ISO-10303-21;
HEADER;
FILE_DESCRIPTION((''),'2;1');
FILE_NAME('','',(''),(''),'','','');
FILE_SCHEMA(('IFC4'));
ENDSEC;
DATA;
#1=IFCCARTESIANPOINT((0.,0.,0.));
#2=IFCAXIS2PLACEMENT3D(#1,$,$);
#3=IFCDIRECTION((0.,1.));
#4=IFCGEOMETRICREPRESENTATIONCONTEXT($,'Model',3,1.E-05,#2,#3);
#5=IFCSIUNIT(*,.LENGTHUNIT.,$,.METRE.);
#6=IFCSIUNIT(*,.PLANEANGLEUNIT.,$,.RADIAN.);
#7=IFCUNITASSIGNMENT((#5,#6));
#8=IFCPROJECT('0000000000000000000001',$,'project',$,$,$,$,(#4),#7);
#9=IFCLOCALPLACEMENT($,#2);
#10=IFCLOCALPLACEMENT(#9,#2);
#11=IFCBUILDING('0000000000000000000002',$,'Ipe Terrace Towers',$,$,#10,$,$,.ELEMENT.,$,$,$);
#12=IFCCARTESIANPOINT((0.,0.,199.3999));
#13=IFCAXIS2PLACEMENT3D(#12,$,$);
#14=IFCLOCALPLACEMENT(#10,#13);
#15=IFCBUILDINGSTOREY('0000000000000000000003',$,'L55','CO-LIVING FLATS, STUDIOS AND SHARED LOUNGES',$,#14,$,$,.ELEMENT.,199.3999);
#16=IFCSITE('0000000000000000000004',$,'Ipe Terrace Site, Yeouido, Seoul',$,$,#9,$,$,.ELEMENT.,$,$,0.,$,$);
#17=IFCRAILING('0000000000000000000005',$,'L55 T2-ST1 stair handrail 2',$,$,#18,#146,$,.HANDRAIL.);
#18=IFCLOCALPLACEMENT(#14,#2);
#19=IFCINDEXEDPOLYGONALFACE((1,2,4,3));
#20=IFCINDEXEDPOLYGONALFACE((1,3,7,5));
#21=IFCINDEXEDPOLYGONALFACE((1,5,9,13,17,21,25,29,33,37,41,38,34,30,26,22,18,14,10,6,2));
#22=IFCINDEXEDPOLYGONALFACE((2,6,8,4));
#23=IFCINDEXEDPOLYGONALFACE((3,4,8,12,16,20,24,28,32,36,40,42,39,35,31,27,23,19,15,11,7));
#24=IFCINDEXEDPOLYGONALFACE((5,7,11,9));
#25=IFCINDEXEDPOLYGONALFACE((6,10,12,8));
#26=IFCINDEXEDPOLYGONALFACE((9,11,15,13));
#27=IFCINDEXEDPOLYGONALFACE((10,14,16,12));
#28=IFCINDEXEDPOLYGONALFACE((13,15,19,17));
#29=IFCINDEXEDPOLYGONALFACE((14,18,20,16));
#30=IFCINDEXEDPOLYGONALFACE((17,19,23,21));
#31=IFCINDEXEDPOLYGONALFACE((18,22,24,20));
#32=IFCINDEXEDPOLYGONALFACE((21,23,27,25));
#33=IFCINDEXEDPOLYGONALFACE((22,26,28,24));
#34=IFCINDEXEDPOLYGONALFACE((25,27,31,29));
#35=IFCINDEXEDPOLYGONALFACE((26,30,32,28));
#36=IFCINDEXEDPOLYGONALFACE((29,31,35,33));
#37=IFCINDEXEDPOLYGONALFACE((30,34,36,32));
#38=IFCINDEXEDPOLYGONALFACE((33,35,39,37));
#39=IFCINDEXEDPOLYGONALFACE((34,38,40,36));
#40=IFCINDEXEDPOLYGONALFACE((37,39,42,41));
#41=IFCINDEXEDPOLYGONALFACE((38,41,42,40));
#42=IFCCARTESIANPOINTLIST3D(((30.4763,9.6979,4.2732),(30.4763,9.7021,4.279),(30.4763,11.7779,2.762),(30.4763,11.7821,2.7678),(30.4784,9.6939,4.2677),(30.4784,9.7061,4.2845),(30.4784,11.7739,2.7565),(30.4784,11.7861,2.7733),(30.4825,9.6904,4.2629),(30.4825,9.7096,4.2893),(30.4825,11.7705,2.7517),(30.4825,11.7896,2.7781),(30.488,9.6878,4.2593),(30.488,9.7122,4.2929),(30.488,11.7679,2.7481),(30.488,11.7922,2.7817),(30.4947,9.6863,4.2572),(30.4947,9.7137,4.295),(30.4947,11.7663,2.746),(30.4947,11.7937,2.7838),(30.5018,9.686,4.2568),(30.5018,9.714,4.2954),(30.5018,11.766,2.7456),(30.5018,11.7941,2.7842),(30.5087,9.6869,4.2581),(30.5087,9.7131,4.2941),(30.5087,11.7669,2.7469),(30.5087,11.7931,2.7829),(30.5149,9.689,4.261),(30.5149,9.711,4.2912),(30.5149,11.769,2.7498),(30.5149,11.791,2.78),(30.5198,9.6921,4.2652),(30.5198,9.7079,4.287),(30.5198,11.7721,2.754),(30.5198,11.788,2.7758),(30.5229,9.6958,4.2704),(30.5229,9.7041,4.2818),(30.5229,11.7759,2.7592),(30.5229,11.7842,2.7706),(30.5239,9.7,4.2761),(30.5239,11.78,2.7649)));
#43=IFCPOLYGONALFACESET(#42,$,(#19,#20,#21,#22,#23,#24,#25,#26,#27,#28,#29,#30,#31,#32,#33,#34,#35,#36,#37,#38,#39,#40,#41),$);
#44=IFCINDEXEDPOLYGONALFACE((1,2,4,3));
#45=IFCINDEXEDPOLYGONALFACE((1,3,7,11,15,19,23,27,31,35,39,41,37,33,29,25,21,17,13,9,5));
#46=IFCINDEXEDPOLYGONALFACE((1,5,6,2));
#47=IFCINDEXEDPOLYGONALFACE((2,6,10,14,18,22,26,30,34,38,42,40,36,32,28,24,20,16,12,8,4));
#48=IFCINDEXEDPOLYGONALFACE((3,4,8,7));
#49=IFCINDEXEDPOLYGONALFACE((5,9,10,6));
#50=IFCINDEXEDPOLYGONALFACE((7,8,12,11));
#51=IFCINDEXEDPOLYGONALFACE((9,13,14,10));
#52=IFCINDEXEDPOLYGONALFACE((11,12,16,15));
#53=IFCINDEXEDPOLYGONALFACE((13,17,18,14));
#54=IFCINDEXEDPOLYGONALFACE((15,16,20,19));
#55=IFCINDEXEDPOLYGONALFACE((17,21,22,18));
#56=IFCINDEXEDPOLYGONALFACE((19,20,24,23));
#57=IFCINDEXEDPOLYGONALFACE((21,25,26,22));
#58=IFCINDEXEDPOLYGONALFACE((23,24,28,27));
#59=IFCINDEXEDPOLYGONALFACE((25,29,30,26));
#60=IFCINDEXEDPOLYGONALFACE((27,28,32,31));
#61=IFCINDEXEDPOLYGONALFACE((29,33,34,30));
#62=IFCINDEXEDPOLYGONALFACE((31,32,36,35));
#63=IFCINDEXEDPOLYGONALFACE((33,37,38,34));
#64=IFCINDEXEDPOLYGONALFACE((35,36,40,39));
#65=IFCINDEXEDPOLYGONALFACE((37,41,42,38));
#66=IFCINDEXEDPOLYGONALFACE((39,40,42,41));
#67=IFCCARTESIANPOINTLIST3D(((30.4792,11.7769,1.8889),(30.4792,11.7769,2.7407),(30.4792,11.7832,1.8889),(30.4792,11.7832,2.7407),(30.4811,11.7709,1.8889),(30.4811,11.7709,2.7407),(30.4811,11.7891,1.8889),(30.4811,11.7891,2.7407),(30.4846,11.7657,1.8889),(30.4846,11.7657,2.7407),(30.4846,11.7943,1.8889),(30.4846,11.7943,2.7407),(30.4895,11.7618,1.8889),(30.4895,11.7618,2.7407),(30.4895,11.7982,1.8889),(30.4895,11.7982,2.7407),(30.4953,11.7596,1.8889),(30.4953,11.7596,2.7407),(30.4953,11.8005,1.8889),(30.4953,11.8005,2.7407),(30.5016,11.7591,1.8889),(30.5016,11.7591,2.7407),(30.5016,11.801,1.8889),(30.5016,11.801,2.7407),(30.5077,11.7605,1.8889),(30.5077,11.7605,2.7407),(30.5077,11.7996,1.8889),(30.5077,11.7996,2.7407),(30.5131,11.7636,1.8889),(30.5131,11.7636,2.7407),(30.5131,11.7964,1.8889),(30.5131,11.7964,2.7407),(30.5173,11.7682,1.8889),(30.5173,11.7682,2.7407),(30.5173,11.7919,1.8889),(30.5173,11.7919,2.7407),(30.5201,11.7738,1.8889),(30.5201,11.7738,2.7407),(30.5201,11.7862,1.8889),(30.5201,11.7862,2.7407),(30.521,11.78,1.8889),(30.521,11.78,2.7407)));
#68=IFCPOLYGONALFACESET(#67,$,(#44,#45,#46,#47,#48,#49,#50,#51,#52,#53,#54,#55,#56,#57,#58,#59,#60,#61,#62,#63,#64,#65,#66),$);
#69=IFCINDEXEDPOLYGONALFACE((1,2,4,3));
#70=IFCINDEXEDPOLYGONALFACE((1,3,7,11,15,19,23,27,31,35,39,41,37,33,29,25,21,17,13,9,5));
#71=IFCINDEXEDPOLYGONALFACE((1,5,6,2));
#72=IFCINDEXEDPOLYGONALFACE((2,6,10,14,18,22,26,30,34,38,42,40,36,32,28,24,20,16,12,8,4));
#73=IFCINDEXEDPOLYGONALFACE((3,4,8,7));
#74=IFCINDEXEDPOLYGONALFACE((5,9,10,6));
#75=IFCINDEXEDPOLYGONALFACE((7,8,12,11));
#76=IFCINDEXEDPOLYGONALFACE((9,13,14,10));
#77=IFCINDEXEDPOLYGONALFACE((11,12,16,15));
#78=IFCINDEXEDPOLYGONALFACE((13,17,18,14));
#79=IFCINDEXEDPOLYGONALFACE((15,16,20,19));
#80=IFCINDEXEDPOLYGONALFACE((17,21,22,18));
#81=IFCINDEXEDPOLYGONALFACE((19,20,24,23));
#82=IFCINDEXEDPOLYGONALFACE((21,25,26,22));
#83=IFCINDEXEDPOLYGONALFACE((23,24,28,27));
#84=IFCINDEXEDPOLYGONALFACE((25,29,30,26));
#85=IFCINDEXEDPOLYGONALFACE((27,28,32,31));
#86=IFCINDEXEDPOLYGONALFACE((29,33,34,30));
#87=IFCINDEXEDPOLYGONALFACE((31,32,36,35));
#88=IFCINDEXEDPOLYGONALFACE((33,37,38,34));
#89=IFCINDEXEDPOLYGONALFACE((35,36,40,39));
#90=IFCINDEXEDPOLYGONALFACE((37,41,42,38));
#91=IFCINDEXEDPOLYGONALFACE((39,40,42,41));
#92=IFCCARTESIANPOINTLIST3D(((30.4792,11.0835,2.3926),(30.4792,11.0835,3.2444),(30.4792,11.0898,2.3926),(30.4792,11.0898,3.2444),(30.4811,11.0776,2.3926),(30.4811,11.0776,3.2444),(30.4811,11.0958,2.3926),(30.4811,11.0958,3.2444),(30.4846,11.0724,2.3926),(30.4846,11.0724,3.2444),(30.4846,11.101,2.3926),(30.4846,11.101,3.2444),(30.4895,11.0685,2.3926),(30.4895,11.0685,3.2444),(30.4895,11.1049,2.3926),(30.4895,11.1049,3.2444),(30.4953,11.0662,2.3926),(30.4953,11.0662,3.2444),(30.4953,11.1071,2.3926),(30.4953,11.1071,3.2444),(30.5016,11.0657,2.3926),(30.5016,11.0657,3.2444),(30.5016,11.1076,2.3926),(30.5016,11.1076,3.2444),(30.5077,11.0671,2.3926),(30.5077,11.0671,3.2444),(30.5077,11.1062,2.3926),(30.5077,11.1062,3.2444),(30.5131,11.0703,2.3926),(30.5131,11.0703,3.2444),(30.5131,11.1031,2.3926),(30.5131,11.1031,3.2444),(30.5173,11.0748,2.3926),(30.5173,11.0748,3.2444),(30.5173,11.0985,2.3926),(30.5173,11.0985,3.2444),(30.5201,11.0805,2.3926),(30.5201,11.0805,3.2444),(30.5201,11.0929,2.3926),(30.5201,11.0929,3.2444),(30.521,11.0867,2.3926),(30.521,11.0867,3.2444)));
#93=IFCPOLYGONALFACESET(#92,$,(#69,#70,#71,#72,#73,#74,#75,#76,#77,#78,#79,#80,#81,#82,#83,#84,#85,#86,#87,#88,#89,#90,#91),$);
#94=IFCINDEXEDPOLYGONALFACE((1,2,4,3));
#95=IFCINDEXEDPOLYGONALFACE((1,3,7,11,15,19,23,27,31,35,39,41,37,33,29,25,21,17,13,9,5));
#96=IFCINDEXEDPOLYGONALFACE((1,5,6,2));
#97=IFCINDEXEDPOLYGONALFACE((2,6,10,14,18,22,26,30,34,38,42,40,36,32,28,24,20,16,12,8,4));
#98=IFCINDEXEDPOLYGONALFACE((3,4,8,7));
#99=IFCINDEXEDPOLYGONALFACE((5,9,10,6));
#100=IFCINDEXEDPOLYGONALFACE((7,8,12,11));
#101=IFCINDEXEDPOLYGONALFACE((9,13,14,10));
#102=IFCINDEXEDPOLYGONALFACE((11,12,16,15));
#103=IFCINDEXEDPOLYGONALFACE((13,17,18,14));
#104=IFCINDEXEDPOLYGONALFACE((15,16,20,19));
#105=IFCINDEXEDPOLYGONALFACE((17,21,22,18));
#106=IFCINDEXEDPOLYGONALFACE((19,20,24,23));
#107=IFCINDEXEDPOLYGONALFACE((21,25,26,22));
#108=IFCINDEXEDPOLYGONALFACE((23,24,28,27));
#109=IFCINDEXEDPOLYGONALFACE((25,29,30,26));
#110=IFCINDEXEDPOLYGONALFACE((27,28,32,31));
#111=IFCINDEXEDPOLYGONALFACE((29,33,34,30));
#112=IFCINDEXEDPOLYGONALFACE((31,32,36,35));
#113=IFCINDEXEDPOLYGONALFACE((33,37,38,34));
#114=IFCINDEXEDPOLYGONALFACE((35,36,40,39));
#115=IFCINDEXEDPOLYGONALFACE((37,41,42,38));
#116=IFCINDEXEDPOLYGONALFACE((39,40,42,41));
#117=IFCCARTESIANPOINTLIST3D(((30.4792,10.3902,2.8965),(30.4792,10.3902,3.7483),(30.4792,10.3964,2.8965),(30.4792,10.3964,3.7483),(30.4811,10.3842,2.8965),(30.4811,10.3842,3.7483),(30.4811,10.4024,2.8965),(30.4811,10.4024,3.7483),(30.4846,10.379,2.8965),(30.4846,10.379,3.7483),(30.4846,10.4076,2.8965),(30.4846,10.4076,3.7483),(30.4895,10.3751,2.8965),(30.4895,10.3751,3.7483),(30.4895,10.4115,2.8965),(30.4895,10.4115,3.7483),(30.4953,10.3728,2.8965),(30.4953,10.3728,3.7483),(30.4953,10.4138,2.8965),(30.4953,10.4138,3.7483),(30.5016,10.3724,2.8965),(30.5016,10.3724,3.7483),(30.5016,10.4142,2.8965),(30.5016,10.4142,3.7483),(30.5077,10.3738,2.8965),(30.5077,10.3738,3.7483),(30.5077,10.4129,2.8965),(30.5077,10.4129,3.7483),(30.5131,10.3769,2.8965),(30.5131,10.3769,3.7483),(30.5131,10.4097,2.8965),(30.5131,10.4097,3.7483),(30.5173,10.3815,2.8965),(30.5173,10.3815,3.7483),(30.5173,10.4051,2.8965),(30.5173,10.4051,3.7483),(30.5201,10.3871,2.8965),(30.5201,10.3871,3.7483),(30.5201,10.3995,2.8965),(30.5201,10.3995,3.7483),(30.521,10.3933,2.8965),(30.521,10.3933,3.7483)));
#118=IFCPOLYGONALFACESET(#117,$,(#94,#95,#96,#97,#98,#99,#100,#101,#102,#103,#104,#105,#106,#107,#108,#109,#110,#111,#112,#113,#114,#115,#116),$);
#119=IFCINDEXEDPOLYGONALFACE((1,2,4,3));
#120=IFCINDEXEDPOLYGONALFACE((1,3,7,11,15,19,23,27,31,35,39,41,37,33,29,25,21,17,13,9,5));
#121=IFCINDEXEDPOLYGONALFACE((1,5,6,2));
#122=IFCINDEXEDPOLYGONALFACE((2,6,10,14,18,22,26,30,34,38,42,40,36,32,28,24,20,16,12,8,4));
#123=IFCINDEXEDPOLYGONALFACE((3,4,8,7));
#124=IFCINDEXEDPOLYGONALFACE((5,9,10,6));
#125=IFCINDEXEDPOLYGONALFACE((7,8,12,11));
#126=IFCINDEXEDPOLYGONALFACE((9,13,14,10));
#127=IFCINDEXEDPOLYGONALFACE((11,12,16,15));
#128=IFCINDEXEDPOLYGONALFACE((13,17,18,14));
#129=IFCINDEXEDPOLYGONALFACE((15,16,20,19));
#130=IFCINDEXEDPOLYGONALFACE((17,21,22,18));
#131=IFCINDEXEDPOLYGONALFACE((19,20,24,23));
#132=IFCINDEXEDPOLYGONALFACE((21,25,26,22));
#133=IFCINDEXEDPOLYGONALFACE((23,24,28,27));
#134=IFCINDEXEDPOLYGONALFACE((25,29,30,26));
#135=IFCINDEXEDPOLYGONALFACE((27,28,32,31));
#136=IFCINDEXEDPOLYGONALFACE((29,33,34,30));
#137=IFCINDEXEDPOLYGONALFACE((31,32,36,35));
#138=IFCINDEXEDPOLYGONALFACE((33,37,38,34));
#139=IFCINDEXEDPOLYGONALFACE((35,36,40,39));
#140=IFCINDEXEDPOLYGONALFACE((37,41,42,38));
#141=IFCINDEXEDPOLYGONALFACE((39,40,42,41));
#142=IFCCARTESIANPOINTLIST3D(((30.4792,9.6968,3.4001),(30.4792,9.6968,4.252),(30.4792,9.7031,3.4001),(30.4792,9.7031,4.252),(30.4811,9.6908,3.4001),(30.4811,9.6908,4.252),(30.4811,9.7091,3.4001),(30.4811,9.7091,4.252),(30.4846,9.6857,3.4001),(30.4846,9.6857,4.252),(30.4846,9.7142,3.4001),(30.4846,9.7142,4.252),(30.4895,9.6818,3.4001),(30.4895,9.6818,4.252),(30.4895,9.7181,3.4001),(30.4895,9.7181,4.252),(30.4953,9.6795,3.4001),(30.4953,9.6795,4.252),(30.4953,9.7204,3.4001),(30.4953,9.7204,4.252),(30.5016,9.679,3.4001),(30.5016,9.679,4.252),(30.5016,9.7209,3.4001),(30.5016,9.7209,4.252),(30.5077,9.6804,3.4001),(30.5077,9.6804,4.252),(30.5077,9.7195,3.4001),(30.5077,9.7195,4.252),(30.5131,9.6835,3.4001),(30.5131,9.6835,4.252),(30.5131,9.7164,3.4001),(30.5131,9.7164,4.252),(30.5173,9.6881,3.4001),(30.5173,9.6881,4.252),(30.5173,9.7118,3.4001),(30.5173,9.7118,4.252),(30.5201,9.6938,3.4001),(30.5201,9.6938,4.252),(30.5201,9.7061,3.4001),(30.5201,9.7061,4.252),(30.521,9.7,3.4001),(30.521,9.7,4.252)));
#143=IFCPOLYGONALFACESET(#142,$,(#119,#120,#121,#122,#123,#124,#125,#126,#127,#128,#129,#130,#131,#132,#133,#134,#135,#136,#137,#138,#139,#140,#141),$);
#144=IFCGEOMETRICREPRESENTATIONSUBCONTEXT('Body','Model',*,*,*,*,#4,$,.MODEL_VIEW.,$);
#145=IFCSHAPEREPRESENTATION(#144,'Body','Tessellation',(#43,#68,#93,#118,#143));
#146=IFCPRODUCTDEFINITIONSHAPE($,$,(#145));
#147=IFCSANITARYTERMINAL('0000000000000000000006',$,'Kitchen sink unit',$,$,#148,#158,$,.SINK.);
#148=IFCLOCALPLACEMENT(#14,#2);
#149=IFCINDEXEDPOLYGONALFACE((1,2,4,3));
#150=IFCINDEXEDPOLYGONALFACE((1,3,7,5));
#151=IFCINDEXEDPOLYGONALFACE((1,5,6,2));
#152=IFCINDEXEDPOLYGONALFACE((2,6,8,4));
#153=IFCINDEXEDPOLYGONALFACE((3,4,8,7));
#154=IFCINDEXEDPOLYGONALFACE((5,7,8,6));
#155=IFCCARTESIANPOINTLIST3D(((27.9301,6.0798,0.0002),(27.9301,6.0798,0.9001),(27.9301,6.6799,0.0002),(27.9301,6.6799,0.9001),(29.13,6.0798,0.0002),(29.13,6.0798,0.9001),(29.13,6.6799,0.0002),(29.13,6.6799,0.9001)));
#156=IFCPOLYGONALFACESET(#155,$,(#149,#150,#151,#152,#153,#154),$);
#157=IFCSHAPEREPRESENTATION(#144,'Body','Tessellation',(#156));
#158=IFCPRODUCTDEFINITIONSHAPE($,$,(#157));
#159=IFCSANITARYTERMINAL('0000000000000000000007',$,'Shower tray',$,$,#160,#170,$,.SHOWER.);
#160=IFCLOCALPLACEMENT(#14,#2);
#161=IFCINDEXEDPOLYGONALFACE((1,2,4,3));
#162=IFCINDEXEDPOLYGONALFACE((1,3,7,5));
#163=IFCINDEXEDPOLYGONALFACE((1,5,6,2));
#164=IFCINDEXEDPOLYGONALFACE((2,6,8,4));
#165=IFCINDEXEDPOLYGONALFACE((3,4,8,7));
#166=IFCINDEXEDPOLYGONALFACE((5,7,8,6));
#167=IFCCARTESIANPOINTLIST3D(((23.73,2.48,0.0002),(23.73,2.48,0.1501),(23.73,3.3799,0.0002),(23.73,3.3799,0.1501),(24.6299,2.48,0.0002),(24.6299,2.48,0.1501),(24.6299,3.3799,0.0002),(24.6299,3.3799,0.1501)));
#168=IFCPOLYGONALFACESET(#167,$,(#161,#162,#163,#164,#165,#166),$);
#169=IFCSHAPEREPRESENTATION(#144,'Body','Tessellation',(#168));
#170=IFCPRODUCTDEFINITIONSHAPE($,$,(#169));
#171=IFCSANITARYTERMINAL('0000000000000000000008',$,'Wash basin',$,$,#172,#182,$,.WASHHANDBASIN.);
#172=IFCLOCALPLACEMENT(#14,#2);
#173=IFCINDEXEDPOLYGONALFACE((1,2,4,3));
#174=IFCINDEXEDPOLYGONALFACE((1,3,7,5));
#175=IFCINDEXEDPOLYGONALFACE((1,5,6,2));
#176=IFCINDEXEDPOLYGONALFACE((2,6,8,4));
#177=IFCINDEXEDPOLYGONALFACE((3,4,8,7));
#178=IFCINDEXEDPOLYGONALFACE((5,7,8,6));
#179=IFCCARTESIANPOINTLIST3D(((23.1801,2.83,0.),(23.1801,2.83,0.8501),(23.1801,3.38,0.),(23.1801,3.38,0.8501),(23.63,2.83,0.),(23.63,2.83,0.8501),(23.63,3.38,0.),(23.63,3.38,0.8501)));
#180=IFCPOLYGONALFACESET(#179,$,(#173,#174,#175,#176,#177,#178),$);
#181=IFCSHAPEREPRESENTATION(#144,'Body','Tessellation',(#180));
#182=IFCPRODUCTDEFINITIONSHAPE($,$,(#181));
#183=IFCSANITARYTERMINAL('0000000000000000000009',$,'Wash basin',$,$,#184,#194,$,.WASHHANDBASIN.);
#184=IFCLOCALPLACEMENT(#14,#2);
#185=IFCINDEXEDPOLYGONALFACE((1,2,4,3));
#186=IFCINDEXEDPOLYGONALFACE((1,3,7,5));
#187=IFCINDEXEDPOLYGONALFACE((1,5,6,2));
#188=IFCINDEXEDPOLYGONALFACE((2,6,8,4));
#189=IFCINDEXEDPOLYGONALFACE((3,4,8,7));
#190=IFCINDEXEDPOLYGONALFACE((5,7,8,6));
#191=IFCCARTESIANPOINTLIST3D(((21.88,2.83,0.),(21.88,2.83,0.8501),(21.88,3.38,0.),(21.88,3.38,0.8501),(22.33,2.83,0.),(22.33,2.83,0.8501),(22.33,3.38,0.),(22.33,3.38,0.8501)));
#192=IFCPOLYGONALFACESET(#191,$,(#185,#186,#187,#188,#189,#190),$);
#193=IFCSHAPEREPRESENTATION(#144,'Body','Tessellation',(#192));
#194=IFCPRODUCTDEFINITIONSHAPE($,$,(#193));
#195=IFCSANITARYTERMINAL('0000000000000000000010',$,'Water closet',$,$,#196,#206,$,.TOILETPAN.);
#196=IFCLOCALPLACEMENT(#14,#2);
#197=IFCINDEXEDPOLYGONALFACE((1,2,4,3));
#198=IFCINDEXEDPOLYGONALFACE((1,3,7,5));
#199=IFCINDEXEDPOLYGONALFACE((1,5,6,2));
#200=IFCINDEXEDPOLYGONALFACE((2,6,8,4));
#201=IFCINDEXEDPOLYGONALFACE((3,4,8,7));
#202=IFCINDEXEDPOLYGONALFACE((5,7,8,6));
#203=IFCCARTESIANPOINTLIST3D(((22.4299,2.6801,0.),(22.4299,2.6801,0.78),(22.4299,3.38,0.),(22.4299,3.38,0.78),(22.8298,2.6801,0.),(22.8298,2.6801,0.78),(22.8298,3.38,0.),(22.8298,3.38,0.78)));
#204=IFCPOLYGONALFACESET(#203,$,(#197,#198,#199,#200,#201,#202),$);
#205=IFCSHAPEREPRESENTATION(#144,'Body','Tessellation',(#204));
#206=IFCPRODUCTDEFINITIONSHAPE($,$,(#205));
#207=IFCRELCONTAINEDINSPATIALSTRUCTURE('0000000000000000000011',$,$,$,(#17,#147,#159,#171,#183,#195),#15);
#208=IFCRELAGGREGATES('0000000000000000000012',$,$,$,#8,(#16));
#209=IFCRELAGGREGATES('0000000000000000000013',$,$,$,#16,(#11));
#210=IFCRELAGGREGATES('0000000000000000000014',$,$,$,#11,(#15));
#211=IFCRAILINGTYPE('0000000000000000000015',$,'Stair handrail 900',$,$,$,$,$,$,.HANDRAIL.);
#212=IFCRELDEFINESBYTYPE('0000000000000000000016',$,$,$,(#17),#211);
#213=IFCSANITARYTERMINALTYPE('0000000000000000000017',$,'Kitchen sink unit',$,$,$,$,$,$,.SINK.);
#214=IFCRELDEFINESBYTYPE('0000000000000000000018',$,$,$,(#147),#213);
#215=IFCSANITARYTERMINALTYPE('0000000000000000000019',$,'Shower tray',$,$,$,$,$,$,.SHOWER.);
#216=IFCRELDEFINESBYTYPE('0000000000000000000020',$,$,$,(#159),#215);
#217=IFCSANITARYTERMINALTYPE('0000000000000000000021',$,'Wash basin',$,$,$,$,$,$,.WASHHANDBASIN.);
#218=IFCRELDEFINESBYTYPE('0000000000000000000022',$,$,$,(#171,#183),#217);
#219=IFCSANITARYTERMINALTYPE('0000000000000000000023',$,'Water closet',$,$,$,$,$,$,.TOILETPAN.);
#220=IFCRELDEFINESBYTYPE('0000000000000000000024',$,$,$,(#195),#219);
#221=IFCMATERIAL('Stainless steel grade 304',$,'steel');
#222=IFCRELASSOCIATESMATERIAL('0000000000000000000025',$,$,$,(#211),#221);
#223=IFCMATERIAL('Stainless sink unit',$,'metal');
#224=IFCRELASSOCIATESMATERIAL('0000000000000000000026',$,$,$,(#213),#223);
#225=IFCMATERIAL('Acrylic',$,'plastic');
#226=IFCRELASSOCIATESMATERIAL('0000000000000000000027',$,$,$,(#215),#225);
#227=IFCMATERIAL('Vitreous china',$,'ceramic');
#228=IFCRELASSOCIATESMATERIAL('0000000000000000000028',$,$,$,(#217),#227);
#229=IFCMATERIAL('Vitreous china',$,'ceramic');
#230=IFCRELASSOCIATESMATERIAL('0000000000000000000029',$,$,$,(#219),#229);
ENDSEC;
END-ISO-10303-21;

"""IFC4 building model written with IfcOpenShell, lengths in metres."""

from ifc_helpers import new_model, si_unit, direction, frame, origin, origin_2d, place, context, subcontext, project, spatial, rectangle, circle, extrude, material, type_object, element, save


model = new_model("IFC4")

# Units and contexts
model_context = context("Model", 3, precision=1e-05, world=origin(), true_north=direction((0.0, 1.0)))
body_context = subcontext(model_context, "Body", "Model", "MODEL_VIEW")
ifc_project = project(units=[si_unit("LENGTHUNIT", "METRE"), si_unit("PLANEANGLEUNIT", "RADIAN")], contexts=[model_context])

# Site, building, storey
site_placement = place(None, origin())
site = spatial("IfcSite", under=ifc_project, at=site_placement, Name="Ipe Terrace Site, Yeouido, Seoul", CompositionType="ELEMENT", RefElevation=0.0)
building_placement = place(site_placement, origin())
building = spatial("IfcBuilding", under=site, at=building_placement, Name="Ipe Terrace Towers", CompositionType="ELEMENT")
storey_placement = place(building_placement, frame((0.0, 0.0, 199.3999)))
storey = spatial("IfcBuildingStorey", under=building, at=storey_placement, Name="L55", Description="CO-LIVING FLATS, STUDIOS AND SHARED LOUNGES", CompositionType="ELEMENT", Elevation=199.3999)

# Railing
ifc_material_1 = material(Name="Stainless steel grade 304", Category="steel")
railing_type_1 = type_object("IfcRailingType", Name="Stair handrail 900", PredefinedType="HANDRAIL", material=ifc_material_1)
railing_1_placement = place(storey_placement, frame((30.5, 11.78, 1.8889)))
element("IfcRailing", 1, at=railing_1_placement, inside=storey, type_object=railing_type_1, Name="L55 T2-ST1 stair handrail 2", PredefinedType="HANDRAIL", context=body_context, shape_type="SweptSolid", body=[
    extrude(circle(Radius=0.0239, at=origin_2d()), frame((0.0, 0.0, 0.876), z_axis=(0.0, -0.809023, 0.587776), x_axis=(1.0, 0.0, 0.0)), (0.0, 0.0, 1.0), 2.571),
    extrude(circle(Radius=0.021, at=origin_2d()), origin(), (0.0, 0.0, 1.0), 0.8518),
    extrude(circle(Radius=0.021, at=origin_2d()), frame((0.0, -0.6934, 0.5037)), (0.0, 0.0, 1.0), 0.8518),
    extrude(circle(Radius=0.021, at=origin_2d()), frame((0.0, -1.3867, 1.0076)), (0.0, 0.0, 1.0), 0.8518),
    extrude(circle(Radius=0.021, at=origin_2d()), frame((0.0, -2.0801, 1.5112)), (0.0, 0.0, 1.0), 0.8518),
])

# Sanitary terminals
ifc_material_2 = material(Name="Stainless sink unit", Category="metal")
sanitary_terminal_type_1 = type_object("IfcSanitaryTerminalType", Name="Kitchen sink unit", PredefinedType="SINK", material=ifc_material_2)
sanitary_terminal_1_placement = place(storey_placement, frame((28.53, 6.3799, 0.0002), z_axis=(0.0, 0.0, 1.0), x_axis=(1.0, 0.0, 0.0)))
element("IfcSanitaryTerminal", 2, at=sanitary_terminal_1_placement, inside=storey, type_object=sanitary_terminal_type_1, Name="Kitchen sink unit", PredefinedType="SINK", context=body_context, shape_type="SweptSolid", body=[
    extrude(rectangle(XDim=1.2, YDim=0.6001, at=origin_2d()), origin(), (0.0, 0.0, 1.0), 0.8999),
])
ifc_material_3 = material(Name="Acrylic", Category="plastic")
sanitary_terminal_type_2 = type_object("IfcSanitaryTerminalType", Name="Shower tray", PredefinedType="SHOWER", material=ifc_material_3)
sanitary_terminal_2_placement = place(storey_placement, frame((24.1799, 2.9299, 0.0002), z_axis=(0.0, 0.0, 1.0), x_axis=(0.0, -1.0, 0.0)))
element("IfcSanitaryTerminal", 3, at=sanitary_terminal_2_placement, inside=storey, type_object=sanitary_terminal_type_2, Name="Shower tray", PredefinedType="SHOWER", context=body_context, shape_type="SweptSolid", body=[
    extrude(rectangle(XDim=0.8999, YDim=0.8999, at=origin_2d()), origin(), (0.0, 0.0, 1.0), 0.1499),
])
ifc_material_4 = material(Name="Vitreous china", Category="ceramic")
sanitary_terminal_type_3 = type_object("IfcSanitaryTerminalType", Name="Wash basin", PredefinedType="WASHHANDBASIN", material=ifc_material_4)
for number, where, z_axis, x_axis, name in (
    (4, (23.405, 3.105, 0.0), (0.0, 0.0, 1.0), (0.0, -1.0, 0.0), "Wash basin"),
    (5, (22.105, 3.105, 0.0), (0.0, 0.0, 1.0), (0.0, -1.0, 0.0), "Wash basin"),
):
    element("IfcSanitaryTerminal", number, at=place(storey_placement, frame(where, z_axis=z_axis, x_axis=x_axis)), inside=storey, type_object=sanitary_terminal_type_3, Name=name, PredefinedType="WASHHANDBASIN", context=body_context, shape_type="SweptSolid", body=[
        extrude(rectangle(XDim=0.55, YDim=0.45, at=origin_2d()), origin(), (0.0, 0.0, 1.0), 0.8501),
    ])
ifc_material_5 = material(Name="Vitreous china", Category="ceramic")
sanitary_terminal_type_4 = type_object("IfcSanitaryTerminalType", Name="Water closet", PredefinedType="TOILETPAN", material=ifc_material_5)
sanitary_terminal_3_placement = place(storey_placement, frame((22.6299, 3.03, 0.0), z_axis=(0.0, 0.0, 1.0), x_axis=(0.0, -1.0, 0.0)))
element("IfcSanitaryTerminal", 6, at=sanitary_terminal_3_placement, inside=storey, type_object=sanitary_terminal_type_4, Name="Water closet", PredefinedType="TOILETPAN", context=body_context, shape_type="SweptSolid", body=[
    extrude(rectangle(XDim=0.7, YDim=0.3999, at=origin_2d()), origin(), (0.0, 0.0, 1.0), 0.78),
])

save(model, "model.ifc")
